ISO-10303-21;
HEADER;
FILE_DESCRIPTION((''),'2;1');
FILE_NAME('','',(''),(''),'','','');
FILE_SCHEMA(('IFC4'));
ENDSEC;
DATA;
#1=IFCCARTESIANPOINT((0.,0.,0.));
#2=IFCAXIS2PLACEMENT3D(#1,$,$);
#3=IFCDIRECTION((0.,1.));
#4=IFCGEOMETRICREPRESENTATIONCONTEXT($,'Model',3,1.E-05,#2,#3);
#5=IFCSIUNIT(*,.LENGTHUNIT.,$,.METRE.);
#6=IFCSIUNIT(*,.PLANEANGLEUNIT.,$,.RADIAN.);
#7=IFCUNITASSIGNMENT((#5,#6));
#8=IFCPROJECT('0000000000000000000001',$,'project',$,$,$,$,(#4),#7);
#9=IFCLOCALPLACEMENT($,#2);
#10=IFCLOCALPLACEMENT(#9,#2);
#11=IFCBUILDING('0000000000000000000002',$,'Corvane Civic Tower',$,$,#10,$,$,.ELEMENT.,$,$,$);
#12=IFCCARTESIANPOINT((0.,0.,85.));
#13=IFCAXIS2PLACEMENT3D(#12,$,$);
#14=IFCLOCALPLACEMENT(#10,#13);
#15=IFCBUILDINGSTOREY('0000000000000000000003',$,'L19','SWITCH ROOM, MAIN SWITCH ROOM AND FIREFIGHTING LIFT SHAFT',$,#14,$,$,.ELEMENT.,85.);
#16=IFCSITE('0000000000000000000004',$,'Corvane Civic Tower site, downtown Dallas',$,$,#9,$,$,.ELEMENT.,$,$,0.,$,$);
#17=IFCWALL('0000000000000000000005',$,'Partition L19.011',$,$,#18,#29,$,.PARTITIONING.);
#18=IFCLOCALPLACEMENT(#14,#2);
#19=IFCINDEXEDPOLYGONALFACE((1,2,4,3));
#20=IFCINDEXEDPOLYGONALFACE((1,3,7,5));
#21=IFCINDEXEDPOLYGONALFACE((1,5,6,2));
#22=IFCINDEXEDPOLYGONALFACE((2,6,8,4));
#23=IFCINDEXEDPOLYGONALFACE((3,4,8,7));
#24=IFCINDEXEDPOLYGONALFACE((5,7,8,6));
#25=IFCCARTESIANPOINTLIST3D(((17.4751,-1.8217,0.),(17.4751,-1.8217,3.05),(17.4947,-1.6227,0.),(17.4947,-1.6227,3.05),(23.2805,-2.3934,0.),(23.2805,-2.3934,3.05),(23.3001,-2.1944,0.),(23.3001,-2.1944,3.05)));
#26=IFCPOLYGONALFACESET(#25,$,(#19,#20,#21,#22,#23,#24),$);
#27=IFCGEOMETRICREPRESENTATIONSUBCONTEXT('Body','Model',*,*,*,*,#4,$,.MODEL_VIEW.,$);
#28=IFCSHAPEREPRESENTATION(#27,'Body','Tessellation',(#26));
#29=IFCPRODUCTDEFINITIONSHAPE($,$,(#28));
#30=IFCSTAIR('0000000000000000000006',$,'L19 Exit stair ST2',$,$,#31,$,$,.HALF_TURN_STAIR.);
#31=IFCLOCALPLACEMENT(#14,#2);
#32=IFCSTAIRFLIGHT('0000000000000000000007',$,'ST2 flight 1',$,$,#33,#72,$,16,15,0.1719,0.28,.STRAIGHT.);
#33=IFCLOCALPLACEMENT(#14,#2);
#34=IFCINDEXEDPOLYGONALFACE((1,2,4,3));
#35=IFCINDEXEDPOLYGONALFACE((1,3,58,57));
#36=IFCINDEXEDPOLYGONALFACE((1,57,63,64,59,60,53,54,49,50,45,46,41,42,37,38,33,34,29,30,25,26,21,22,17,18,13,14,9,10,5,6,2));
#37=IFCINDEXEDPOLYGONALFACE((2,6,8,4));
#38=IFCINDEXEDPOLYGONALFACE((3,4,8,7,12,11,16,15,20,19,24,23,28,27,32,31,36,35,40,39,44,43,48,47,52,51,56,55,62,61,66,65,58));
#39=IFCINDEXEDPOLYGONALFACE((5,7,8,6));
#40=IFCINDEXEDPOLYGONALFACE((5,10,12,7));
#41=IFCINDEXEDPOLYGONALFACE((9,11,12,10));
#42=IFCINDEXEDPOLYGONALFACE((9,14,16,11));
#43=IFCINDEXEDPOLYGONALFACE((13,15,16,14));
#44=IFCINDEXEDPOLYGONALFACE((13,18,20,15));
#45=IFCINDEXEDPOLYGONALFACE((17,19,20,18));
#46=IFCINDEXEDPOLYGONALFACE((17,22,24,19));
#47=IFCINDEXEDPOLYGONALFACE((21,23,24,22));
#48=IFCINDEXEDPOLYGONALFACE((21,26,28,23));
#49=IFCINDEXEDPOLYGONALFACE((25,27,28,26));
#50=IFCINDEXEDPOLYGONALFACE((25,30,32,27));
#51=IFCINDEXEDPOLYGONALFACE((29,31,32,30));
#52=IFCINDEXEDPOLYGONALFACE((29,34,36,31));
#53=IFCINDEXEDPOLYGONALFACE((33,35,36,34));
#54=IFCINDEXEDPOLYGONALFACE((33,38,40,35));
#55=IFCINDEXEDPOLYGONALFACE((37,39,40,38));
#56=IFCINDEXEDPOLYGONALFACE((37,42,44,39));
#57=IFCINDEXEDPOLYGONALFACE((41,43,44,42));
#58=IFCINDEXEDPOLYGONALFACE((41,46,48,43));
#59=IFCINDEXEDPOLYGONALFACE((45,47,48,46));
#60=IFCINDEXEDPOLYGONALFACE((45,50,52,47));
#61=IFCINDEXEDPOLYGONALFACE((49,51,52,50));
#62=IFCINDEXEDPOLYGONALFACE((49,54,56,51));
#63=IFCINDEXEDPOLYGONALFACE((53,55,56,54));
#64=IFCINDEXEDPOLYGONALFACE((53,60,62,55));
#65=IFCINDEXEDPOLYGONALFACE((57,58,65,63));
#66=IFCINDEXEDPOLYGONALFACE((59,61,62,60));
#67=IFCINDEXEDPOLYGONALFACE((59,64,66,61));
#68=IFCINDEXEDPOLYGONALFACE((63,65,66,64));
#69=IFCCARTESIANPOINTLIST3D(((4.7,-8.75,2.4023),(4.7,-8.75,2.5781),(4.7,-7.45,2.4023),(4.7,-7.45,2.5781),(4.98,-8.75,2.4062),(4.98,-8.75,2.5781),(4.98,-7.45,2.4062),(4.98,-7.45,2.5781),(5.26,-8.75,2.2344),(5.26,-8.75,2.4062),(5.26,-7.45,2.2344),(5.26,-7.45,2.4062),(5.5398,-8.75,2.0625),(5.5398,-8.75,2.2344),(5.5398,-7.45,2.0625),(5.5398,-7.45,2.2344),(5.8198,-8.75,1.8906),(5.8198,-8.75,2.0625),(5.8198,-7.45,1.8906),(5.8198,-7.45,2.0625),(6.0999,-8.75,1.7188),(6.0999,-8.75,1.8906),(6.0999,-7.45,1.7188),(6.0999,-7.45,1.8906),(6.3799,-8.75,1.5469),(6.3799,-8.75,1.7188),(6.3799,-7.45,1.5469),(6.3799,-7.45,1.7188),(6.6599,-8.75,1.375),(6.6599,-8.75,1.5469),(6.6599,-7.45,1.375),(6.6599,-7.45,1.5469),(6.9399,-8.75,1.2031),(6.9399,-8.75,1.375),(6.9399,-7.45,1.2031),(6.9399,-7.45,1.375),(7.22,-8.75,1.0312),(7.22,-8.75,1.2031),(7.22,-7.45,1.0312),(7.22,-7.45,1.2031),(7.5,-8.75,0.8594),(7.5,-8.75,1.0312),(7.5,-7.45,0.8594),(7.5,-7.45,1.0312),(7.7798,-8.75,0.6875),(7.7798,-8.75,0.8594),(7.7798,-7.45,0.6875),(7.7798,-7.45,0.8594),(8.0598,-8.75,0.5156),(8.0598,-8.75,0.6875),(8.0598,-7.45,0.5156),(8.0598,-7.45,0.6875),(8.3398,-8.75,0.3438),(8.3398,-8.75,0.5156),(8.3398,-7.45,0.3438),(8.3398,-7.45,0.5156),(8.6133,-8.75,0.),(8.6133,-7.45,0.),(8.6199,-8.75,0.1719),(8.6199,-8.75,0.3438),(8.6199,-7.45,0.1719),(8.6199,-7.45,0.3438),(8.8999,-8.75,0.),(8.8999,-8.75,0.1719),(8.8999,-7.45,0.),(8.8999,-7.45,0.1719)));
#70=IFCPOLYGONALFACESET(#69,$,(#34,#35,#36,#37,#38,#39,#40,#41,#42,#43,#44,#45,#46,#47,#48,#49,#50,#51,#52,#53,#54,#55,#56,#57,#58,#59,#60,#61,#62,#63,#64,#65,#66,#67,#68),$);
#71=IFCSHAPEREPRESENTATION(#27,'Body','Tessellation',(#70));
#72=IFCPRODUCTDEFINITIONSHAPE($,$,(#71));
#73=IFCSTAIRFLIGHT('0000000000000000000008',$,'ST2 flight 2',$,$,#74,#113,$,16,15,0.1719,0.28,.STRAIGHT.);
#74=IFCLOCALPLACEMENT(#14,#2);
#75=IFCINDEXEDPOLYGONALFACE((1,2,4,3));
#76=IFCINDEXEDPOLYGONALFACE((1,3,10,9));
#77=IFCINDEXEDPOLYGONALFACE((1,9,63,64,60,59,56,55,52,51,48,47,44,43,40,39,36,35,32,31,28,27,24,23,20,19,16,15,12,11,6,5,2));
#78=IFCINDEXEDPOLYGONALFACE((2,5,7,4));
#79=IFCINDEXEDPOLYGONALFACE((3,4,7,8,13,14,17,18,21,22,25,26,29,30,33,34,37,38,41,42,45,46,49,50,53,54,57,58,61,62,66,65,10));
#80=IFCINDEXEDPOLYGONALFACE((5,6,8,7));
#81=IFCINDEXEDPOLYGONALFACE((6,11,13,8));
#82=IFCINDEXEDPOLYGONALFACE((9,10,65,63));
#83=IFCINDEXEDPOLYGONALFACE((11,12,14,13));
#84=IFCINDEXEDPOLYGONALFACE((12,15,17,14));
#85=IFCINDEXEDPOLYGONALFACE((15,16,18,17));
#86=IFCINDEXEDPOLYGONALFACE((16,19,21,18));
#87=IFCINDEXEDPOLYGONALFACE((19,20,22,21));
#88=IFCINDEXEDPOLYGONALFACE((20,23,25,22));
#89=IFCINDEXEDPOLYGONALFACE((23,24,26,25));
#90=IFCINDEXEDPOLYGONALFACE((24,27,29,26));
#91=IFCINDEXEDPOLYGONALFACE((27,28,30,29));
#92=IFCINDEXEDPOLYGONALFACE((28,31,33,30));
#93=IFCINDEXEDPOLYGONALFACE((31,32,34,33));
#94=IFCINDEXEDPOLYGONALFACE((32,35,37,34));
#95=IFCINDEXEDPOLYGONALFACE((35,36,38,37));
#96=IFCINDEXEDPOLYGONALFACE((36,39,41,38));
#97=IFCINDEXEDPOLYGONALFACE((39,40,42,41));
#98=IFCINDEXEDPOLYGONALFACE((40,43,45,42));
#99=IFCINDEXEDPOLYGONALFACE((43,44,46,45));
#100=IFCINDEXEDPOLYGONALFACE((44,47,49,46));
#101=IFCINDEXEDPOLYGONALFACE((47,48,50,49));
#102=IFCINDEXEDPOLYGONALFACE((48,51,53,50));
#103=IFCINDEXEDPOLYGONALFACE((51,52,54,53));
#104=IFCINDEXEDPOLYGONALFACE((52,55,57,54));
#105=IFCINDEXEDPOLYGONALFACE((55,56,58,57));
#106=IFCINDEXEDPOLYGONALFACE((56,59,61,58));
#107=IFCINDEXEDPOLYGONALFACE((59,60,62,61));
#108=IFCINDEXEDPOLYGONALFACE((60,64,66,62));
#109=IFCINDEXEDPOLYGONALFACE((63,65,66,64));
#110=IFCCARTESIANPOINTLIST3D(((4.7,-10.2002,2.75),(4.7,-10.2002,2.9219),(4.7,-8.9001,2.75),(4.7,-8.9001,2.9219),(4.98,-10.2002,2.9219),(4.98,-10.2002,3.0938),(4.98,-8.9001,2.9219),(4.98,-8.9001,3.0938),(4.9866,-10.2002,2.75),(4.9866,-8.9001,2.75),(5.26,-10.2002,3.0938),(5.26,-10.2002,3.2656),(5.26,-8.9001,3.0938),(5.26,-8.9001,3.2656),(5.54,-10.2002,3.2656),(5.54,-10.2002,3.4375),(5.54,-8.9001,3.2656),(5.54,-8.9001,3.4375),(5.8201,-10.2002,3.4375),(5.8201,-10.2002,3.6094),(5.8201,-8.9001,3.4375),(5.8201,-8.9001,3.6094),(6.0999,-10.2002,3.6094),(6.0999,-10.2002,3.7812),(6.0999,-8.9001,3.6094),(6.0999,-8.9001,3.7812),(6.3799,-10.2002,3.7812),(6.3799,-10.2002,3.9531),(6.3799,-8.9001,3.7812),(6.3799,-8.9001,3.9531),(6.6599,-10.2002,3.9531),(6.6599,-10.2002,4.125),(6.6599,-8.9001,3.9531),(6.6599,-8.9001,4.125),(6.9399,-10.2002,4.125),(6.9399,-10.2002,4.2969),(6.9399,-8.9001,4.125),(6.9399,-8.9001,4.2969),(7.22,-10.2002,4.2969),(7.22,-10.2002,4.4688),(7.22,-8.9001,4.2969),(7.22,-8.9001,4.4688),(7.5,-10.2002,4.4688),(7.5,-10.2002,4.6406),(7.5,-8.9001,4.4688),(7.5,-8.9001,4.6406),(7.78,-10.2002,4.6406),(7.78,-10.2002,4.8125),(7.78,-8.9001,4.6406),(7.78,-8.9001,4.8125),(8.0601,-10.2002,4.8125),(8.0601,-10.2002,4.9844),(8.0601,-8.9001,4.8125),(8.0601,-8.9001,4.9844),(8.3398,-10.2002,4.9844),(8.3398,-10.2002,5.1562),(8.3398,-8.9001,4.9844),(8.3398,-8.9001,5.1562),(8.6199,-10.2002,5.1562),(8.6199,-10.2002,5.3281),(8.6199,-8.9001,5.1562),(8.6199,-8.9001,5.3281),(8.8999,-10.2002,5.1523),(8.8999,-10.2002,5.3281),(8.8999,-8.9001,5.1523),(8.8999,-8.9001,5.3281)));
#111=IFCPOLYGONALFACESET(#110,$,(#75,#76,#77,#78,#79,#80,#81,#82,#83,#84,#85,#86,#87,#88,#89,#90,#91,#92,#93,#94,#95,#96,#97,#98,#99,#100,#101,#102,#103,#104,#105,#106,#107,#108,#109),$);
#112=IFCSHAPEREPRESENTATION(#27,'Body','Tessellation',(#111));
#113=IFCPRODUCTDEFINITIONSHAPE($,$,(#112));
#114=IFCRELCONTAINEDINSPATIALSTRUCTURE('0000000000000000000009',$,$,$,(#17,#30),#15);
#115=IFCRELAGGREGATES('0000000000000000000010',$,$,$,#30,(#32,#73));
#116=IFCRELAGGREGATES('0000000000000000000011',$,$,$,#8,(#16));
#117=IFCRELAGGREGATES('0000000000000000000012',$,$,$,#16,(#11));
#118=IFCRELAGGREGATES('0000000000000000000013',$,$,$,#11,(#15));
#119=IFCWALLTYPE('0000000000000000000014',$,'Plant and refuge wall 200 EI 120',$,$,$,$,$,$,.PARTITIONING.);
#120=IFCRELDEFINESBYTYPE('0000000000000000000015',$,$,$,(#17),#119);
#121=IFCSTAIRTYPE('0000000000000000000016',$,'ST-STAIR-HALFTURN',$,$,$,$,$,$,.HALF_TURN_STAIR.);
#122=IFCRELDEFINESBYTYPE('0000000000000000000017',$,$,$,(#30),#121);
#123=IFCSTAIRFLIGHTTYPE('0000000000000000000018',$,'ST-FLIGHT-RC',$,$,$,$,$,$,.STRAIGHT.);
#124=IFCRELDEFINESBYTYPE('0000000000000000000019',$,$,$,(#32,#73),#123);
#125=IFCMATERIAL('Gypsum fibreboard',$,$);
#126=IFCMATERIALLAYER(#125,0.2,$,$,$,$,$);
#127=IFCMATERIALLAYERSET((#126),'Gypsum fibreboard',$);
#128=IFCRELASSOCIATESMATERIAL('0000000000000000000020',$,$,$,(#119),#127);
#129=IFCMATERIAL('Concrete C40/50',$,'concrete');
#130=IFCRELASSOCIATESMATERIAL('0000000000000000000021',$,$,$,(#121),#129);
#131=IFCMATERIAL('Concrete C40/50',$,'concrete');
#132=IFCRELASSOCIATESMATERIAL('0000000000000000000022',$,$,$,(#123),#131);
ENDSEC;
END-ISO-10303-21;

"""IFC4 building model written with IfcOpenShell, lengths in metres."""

from ifc_helpers import new_model, si_unit, direction, frame, frame_2d, origin, place, context, subcontext, project, spatial, polyline, rectangle, outline, extrude, material, layer, layer_set, type_object, element, aggregate, save


model = new_model("IFC4")

# Units and contexts
model_context = context("Model", 3, precision=1e-05, world=origin(), true_north=direction((0.0, 1.0)))
body_context = subcontext(model_context, "Body", "Model", "MODEL_VIEW")
ifc_project = project(units=[si_unit("LENGTHUNIT", "METRE"), si_unit("PLANEANGLEUNIT", "RADIAN")], contexts=[model_context])

# Site, building, storey
site_placement = place(None, origin())
site = spatial("IfcSite", under=ifc_project, at=site_placement, Name="Corvane Civic Tower site, downtown Dallas", CompositionType="ELEMENT", RefElevation=0.0)
building_placement = place(site_placement, origin())
building = spatial("IfcBuilding", under=site, at=building_placement, Name="Corvane Civic Tower", CompositionType="ELEMENT")
storey_placement = place(building_placement, frame((0.0, 0.0, 85.0)))
storey = spatial("IfcBuildingStorey", under=building, at=storey_placement, Name="L19", Description="SWITCH ROOM, MAIN SWITCH ROOM AND FIREFIGHTING LIFT SHAFT", CompositionType="ELEMENT", Elevation=85.0)

# Wall
ifc_material_1 = material(Name="Gypsum fibreboard")
ifc_layer_1 = layer(ifc_material_1, 0.2)
ifc_layer_set_1 = layer_set([ifc_layer_1], Name="Gypsum fibreboard")
wall_type_1 = type_object("IfcWallType", Name="Plant and refuge wall 200 EI 120", PredefinedType="PARTITIONING", material=ifc_layer_set_1)
wall_1_placement = place(storey_placement, frame((17.4849, -1.7222, 0.0), z_axis=(0.0, 0.0, 1.0), x_axis=(0.995185, -0.098016, 0.0)))
element("IfcWall", 1, at=wall_1_placement, inside=storey, type_object=wall_type_1, Name="Partition L19.011", PredefinedType="PARTITIONING", context=body_context, shape_type="SweptSolid", body=[
    extrude(rectangle(XDim=5.8335, YDim=0.2, at=frame_2d((2.9167, 0.0))), origin(), (0.0, 0.0, 1.0), 3.05),
])

# Stair, stair flights
ifc_material_2 = material(Name="Concrete C40/50", Category="concrete")
stair_type = type_object("IfcStairType", Name="ST-STAIR-HALFTURN", PredefinedType="HALF_TURN_STAIR", material=ifc_material_2)
stair_placement = place(storey_placement, origin())
stair = element("IfcStair", 2, at=stair_placement, inside=storey, type_object=stair_type, Name="L19 Exit stair ST2", PredefinedType="HALF_TURN_STAIR")
ifc_material_3 = material(Name="Concrete C40/50", Category="concrete")
stair_flight_type = type_object("IfcStairFlightType", Name="ST-FLIGHT-RC", PredefinedType="STRAIGHT", material=ifc_material_3)
stair_flight_1_placement = place(storey_placement, frame((8.8999, -8.1001, 0.0), z_axis=(0.0, 0.0, 1.0), x_axis=(-1.0, 0.0, 0.0)))
stair_flight_1 = element("IfcStairFlight", 3, at=stair_flight_1_placement, type_object=stair_flight_type, Name="ST2 flight 1", NumberOfRisers=16, NumberOfTreads=15, PredefinedType="STRAIGHT", RiserHeight=0.1719, TreadLength=0.28, context=body_context, shape_type="SweptSolid", body=[
    extrude(outline(polyline([(0.0, 0.0), (0.0, 0.1719), (0.28, 0.1719), (0.28, 0.3438), (0.5601, 0.3438), (0.5601, 0.5156), (0.8401, 0.5156), (0.8401, 0.6875), (1.1201, 0.6875), (1.1201, 0.8594), (1.3999, 0.8594), (1.3999, 1.0312), (1.6799, 1.0312), (1.6799, 1.2031), (1.96, 1.2031), (1.96, 1.375), (2.24, 1.375), (2.24, 1.5469), (2.52, 1.5469), (2.52, 1.7188), (2.8, 1.7188), (2.8, 1.8906), (3.0801, 1.8906), (3.0801, 2.0625), (3.3601, 2.0625), (3.3601, 2.2344), (3.6399, 2.2344), (3.6399, 2.4062), (3.9199, 2.4062), (3.9199, 2.5781), (4.2, 2.5781), (4.2, 2.75), (4.2, 2.4023), (0.2866, 0.0), (0.0, 0.0)])), frame((0.0, 0.6499, 0.0), z_axis=(0.0, -1.0, 0.0), x_axis=(1.0, 0.0, 0.0)), (0.0, 0.0, 1.0), 1.3),
])
stair_flight_2_placement = place(storey_placement, frame((4.7, -9.55, 2.75), z_axis=(0.0, 0.0, 1.0), x_axis=(1.0, 0.0, 0.0)))
stair_flight_2 = element("IfcStairFlight", 4, at=stair_flight_2_placement, type_object=stair_flight_type, Name="ST2 flight 2", NumberOfRisers=16, NumberOfTreads=15, PredefinedType="STRAIGHT", RiserHeight=0.1719, TreadLength=0.28, context=body_context, shape_type="SweptSolid", body=[
    extrude(outline(polyline([(0.0, 0.0), (0.0, 0.1719), (0.28, 0.1719), (0.28, 0.3438), (0.5601, 0.3438), (0.5601, 0.5156), (0.8401, 0.5156), (0.8401, 0.6875), (1.1201, 0.6875), (1.1201, 0.8594), (1.3999, 0.8594), (1.3999, 1.0312), (1.6799, 1.0312), (1.6799, 1.2031), (1.96, 1.2031), (1.96, 1.375), (2.24, 1.375), (2.24, 1.5469), (2.52, 1.5469), (2.52, 1.7188), (2.8, 1.7188), (2.8, 1.8906), (3.0801, 1.8906), (3.0801, 2.0625), (3.3601, 2.0625), (3.3601, 2.2344), (3.6399, 2.2344), (3.6399, 2.4062), (3.9199, 2.4062), (3.9199, 2.5781), (4.2, 2.5781), (4.2, 2.75), (4.2, 2.4023), (0.2866, 0.0), (0.0, 0.0)])), frame((0.0, 0.6499, 0.0), z_axis=(0.0, -1.0, 0.0), x_axis=(1.0, 0.0, 0.0)), (0.0, 0.0, 1.0), 1.3),
])
aggregate(stair, [stair_flight_1, stair_flight_2])

save(model, "model.ifc")
